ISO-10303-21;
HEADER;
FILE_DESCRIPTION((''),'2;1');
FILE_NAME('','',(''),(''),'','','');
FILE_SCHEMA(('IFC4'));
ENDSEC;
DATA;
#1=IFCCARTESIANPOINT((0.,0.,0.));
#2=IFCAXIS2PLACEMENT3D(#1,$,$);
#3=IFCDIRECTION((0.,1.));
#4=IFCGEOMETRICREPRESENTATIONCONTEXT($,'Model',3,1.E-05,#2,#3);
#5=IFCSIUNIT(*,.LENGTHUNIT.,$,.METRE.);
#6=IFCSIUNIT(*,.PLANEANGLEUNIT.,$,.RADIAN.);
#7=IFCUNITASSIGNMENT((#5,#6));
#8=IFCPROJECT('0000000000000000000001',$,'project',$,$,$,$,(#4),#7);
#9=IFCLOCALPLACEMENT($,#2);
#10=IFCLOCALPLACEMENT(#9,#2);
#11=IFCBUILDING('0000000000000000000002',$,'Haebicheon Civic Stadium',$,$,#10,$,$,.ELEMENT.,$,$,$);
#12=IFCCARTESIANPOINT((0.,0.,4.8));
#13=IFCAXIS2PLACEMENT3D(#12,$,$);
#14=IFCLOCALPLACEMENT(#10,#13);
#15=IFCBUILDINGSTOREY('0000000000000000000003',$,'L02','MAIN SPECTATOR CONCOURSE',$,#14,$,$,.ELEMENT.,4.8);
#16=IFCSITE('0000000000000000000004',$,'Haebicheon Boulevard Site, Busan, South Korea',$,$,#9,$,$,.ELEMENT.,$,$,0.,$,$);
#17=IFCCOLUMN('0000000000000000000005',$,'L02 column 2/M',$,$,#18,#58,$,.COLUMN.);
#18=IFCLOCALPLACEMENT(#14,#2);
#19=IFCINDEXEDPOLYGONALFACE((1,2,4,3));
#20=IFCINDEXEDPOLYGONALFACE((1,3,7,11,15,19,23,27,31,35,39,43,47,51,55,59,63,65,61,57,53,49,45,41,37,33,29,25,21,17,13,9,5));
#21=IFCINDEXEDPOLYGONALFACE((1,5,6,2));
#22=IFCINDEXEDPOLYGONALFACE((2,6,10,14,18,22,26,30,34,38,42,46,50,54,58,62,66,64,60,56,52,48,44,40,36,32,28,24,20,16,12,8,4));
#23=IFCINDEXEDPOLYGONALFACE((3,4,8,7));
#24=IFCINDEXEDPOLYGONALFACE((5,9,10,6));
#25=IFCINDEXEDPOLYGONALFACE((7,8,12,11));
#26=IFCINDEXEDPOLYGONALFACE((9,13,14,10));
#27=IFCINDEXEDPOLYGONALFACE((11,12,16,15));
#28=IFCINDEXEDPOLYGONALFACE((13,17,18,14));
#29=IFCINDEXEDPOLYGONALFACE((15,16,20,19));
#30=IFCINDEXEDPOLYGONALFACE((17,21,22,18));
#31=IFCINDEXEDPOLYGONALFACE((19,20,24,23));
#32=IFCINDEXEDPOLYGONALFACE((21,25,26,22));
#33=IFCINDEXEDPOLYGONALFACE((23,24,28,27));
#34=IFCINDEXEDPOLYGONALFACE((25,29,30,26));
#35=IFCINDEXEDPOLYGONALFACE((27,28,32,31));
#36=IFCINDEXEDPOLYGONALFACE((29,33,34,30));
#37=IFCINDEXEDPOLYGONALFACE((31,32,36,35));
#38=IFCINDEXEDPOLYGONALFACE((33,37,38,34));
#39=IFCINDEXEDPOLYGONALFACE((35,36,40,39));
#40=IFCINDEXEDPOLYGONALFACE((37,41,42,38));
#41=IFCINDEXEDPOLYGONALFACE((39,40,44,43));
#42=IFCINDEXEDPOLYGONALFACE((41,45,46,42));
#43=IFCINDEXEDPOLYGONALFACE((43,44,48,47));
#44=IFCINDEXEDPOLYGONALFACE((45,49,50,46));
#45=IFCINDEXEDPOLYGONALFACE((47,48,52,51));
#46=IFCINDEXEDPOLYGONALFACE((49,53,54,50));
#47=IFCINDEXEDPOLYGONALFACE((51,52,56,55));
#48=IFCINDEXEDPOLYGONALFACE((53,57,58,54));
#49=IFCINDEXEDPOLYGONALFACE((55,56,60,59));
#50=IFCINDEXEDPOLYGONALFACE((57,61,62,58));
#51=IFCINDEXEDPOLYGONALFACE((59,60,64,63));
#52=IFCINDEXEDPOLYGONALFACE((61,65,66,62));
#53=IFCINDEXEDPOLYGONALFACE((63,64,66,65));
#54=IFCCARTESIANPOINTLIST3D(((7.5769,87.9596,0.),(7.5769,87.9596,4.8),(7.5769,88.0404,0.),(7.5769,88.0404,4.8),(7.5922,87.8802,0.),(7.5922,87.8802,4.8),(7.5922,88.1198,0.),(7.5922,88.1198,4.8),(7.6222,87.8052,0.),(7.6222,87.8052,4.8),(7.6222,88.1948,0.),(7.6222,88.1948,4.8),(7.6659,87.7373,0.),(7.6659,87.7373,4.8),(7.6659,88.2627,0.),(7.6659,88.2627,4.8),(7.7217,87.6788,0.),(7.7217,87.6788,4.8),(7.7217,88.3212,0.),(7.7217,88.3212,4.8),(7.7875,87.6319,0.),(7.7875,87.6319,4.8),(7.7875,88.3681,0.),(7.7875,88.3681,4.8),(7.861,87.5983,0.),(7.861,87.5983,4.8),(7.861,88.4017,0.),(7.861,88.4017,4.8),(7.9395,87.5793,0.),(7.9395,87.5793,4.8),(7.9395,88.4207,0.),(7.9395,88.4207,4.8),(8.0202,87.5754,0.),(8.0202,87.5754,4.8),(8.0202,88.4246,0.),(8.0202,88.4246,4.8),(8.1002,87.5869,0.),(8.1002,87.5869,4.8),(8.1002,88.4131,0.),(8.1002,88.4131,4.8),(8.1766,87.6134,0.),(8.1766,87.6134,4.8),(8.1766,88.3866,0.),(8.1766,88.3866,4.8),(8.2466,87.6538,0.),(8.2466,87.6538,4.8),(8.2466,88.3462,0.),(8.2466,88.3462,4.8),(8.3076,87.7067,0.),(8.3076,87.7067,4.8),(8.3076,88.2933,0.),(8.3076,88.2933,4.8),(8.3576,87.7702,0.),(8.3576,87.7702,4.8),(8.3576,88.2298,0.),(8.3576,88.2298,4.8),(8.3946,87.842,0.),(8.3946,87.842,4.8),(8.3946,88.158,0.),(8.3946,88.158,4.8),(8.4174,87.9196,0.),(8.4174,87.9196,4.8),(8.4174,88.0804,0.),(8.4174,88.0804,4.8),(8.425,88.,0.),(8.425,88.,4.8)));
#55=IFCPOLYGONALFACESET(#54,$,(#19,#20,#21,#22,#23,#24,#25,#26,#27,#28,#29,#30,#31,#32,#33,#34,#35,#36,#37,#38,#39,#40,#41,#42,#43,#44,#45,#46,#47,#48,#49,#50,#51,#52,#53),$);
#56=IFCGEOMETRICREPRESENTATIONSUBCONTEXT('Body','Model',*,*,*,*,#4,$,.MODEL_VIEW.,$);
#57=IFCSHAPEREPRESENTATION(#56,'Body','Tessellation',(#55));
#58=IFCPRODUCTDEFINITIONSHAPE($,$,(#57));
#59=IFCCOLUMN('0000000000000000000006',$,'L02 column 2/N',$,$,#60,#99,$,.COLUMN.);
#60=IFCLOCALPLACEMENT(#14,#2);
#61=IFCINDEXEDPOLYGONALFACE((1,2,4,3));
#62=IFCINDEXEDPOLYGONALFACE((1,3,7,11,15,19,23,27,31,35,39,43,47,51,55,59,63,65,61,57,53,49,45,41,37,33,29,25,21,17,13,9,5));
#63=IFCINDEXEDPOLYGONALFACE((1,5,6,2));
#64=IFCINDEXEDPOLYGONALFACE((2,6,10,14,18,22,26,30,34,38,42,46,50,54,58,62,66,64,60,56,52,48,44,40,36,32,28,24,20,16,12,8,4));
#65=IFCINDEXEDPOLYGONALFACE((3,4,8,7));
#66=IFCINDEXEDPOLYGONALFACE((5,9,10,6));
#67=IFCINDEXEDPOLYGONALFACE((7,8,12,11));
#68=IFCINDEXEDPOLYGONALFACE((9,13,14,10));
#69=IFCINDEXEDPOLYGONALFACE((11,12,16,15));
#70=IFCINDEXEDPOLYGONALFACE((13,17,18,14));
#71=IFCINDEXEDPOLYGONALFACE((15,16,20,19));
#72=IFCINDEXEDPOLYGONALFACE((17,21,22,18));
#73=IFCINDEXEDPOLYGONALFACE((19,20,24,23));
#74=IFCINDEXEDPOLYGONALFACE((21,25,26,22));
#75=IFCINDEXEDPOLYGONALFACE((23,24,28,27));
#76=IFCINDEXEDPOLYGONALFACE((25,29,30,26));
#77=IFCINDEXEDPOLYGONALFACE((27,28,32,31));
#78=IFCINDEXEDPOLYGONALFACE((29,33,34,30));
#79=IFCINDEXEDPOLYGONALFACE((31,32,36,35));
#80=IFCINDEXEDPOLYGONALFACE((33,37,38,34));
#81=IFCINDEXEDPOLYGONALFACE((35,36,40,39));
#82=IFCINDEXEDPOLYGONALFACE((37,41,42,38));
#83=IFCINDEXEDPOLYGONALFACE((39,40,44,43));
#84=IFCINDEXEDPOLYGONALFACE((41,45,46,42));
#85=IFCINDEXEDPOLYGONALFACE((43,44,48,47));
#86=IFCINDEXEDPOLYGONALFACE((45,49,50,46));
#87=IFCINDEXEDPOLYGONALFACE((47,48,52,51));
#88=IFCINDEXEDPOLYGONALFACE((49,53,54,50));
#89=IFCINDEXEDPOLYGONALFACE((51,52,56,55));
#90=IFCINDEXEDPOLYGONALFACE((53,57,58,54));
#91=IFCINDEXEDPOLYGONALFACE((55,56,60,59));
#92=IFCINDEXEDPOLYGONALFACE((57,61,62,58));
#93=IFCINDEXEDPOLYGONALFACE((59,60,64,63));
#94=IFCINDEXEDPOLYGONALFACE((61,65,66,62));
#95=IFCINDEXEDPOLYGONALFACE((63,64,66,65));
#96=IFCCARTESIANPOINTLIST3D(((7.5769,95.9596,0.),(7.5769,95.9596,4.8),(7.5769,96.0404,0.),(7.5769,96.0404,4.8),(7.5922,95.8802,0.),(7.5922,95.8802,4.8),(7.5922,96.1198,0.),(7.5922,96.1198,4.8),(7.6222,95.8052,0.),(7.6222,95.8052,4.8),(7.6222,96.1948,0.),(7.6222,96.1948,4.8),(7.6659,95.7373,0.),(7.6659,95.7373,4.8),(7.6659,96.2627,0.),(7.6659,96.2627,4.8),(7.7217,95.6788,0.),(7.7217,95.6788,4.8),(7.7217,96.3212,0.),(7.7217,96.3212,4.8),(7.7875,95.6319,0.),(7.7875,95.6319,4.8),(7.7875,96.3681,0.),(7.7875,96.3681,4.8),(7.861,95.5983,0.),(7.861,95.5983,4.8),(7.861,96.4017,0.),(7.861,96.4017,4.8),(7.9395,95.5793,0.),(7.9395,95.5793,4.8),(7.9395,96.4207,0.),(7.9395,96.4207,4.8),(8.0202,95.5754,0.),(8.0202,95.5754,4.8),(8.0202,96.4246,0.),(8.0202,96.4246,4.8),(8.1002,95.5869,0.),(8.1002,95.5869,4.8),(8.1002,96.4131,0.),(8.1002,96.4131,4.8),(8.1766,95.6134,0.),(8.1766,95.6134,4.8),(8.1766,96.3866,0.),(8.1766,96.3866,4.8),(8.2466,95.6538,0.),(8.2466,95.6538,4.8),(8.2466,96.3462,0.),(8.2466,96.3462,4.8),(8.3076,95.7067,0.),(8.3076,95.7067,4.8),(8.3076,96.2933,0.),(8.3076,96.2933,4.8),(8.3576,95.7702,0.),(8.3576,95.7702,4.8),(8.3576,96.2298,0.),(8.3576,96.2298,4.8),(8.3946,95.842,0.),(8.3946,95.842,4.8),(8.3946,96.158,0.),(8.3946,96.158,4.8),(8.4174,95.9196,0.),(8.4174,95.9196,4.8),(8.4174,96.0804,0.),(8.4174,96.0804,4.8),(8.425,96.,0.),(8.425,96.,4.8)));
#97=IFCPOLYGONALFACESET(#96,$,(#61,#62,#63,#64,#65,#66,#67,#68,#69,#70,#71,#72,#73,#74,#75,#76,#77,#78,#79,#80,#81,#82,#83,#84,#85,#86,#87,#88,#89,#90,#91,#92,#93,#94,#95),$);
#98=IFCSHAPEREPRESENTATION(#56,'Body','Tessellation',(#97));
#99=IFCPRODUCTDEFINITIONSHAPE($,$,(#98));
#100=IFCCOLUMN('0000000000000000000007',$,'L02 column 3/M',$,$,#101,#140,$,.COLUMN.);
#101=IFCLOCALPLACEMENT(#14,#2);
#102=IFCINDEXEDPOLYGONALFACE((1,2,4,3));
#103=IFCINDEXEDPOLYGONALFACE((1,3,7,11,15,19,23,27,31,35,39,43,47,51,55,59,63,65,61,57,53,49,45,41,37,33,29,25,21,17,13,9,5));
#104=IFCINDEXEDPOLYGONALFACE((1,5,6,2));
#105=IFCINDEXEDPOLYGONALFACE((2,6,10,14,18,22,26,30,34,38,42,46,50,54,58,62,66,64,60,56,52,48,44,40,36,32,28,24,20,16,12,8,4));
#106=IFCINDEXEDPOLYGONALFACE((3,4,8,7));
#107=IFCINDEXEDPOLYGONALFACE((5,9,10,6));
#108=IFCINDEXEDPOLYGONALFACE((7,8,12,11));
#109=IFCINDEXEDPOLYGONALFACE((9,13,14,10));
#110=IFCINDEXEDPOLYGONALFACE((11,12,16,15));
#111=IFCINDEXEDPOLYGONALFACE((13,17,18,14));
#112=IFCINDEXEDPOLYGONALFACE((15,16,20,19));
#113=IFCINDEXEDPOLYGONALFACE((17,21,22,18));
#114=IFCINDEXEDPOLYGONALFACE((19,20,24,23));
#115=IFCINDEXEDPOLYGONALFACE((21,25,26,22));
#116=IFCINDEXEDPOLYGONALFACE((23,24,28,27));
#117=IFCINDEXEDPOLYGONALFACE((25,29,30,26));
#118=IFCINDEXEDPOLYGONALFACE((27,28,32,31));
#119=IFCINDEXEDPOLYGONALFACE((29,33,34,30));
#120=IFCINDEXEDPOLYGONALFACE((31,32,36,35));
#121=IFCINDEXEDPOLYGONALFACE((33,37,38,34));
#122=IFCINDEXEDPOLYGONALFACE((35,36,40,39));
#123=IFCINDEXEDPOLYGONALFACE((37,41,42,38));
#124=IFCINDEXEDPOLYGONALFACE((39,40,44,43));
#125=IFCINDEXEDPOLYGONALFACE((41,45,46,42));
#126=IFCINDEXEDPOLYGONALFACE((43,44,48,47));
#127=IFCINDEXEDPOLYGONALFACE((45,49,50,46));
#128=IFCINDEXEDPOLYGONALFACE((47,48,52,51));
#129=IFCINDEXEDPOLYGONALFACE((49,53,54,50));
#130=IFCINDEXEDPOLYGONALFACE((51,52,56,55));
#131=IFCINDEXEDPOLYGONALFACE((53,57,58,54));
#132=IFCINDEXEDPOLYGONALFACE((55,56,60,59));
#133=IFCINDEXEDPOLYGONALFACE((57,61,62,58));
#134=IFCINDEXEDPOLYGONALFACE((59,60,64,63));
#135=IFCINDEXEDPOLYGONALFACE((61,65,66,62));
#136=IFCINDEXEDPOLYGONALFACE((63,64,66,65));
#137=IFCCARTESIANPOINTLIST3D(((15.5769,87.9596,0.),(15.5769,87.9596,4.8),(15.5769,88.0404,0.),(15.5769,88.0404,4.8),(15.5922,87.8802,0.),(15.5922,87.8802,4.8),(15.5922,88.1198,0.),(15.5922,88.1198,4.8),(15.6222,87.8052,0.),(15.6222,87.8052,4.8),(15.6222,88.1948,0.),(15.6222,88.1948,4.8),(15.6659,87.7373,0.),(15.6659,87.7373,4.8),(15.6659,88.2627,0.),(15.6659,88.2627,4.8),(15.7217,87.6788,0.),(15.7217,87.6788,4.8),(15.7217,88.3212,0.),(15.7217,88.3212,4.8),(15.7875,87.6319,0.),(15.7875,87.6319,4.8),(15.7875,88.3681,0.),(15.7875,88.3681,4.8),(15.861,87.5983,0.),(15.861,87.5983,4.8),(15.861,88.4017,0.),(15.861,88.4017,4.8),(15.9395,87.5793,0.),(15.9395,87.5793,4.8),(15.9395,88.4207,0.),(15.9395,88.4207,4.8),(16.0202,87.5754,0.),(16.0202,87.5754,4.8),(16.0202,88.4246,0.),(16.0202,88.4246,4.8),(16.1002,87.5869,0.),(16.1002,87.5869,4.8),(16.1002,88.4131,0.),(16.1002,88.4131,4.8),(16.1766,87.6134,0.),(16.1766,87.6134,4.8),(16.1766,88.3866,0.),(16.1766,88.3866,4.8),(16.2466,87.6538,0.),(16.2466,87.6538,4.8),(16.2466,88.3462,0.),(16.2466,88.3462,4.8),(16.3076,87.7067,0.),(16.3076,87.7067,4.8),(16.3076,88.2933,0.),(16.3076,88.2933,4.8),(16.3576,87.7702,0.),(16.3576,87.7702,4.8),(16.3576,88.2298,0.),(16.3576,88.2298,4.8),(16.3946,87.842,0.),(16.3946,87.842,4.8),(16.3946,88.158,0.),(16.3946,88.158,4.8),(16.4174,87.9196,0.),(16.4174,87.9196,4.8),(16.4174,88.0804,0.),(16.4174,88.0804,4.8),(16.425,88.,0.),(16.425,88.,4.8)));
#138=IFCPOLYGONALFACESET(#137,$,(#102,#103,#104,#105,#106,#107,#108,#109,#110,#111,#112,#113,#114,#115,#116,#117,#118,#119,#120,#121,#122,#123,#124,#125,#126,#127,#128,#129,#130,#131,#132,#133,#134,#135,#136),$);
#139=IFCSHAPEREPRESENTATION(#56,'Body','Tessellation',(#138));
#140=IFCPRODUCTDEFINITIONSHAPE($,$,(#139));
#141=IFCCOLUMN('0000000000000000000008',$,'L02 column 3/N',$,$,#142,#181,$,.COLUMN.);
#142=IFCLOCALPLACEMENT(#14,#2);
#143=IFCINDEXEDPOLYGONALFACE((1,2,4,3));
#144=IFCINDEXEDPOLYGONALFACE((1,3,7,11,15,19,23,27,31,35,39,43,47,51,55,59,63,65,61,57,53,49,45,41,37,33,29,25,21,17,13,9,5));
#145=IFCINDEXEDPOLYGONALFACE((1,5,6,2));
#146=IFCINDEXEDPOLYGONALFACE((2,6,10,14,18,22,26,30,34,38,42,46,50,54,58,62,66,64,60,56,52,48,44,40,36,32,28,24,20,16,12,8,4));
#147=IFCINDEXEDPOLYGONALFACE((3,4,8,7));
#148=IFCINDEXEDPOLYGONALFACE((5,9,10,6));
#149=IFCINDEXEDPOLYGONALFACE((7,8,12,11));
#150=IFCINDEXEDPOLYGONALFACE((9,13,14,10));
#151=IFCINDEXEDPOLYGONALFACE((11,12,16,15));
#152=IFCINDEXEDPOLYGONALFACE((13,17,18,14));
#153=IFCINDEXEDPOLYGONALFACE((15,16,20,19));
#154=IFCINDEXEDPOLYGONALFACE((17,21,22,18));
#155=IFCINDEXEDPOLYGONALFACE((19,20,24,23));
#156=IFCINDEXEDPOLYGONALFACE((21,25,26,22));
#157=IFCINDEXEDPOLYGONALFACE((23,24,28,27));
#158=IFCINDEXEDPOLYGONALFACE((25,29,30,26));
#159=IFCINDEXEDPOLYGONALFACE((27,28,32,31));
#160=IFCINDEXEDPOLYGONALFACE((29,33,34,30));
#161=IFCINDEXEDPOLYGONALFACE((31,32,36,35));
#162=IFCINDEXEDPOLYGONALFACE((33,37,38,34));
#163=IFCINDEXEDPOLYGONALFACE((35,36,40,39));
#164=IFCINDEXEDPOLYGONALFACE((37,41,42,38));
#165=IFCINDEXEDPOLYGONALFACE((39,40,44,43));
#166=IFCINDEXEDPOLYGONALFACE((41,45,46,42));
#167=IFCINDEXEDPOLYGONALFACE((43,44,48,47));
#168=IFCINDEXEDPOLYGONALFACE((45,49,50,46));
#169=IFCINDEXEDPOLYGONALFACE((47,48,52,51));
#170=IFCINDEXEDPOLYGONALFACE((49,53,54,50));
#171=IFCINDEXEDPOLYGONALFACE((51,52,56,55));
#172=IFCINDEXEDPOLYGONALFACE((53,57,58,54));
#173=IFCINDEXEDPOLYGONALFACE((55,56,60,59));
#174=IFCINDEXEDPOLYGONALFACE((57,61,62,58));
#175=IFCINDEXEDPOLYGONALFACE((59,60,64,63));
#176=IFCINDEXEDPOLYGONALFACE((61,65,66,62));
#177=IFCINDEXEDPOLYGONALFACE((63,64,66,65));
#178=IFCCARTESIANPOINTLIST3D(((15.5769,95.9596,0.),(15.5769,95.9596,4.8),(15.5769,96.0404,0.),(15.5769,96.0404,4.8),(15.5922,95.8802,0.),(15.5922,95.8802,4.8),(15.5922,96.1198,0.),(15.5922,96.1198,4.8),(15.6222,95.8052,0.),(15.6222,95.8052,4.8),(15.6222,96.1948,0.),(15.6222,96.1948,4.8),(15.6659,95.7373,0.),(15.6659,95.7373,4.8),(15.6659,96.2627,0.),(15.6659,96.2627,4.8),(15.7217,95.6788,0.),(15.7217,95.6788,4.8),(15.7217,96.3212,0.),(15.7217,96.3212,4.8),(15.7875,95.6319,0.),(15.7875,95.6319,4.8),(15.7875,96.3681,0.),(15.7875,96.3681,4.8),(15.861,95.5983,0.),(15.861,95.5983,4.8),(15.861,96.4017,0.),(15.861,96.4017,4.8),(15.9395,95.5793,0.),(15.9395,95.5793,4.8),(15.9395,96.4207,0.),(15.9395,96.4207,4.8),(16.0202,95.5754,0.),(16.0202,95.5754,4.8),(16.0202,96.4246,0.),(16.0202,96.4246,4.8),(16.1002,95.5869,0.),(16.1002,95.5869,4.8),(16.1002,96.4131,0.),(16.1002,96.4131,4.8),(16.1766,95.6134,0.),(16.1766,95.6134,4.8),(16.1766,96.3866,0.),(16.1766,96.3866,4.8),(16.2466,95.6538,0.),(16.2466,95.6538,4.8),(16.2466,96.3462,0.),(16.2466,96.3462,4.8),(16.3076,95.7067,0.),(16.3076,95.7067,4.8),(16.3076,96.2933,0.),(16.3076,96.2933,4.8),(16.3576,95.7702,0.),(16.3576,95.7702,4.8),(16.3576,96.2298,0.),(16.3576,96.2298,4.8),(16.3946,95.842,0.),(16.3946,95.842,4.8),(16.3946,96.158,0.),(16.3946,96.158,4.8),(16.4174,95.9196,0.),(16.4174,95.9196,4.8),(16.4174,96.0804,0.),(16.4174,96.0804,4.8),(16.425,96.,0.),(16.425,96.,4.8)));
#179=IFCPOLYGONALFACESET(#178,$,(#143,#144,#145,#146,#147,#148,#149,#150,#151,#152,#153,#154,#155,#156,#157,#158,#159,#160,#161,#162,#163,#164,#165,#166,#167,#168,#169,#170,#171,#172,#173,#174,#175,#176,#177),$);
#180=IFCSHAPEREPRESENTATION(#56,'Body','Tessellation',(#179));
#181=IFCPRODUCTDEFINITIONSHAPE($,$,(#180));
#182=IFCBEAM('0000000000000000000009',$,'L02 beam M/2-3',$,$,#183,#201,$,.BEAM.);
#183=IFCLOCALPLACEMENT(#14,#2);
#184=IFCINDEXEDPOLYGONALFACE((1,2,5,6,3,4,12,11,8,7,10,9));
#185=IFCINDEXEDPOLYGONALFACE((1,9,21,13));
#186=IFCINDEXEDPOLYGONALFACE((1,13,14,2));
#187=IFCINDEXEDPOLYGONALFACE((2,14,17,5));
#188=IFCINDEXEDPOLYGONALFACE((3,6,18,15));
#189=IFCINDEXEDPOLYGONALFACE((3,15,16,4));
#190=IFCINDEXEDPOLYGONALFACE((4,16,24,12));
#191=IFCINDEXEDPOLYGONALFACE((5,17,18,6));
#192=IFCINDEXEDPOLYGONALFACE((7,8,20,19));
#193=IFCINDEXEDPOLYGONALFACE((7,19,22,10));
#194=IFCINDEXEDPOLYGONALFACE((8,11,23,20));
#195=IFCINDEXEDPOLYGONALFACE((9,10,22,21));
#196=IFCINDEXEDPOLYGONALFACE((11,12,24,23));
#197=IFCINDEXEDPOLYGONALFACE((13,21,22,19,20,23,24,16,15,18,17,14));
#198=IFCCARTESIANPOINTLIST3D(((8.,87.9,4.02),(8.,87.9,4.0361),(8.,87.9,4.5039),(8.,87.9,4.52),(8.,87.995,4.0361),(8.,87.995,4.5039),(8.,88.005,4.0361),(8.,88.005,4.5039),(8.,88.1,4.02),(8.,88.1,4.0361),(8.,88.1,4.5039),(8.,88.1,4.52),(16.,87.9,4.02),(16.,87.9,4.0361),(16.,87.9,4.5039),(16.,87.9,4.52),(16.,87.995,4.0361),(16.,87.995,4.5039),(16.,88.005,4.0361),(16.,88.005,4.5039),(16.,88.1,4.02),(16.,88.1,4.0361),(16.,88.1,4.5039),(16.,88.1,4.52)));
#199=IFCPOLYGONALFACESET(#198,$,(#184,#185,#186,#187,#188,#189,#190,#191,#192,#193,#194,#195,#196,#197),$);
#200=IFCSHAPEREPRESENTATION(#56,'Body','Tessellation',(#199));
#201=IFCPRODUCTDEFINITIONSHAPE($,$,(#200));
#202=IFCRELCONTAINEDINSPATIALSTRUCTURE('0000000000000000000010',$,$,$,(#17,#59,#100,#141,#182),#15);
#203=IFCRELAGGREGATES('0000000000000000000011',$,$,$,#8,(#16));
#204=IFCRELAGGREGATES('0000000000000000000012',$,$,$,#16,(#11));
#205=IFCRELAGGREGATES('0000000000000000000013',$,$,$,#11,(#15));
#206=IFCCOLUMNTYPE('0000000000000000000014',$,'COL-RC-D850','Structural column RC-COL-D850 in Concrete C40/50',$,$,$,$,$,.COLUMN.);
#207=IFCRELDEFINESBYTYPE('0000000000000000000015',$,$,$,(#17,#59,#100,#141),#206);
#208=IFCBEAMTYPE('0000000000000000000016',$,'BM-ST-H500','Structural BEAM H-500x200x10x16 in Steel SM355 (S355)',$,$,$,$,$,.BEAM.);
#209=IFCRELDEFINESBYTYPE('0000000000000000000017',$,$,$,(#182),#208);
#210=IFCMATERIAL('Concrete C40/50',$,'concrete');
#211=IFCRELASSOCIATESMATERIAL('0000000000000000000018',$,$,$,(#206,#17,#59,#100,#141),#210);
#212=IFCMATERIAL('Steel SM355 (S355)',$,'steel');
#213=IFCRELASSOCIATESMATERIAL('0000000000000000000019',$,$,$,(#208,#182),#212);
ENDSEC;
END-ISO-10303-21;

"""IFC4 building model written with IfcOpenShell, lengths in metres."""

from ifc_helpers import new_model, si_unit, direction, frame, origin, origin_2d, place, context, subcontext, project, spatial, circle, i_section, extrude, material, material_profile, profile_set, type_object, element, save


model = new_model("IFC4")

# Units and contexts
model_context = context("Model", 3, precision=1e-05, world=origin(), true_north=direction((0.0, 1.0)))
body_context = subcontext(model_context, "Body", "Model", "MODEL_VIEW")
ifc_project = project(units=[si_unit("LENGTHUNIT", "METRE"), si_unit("PLANEANGLEUNIT", "RADIAN")], contexts=[model_context])

# Site, building, storey
site_placement = place(None, origin())
site = spatial("IfcSite", under=ifc_project, at=site_placement, Name="Haebicheon Boulevard Site, Busan, South Korea", CompositionType="ELEMENT", RefElevation=0.0)
building_placement = place(site_placement, origin())
building = spatial("IfcBuilding", under=site, at=building_placement, Name="Haebicheon Civic Stadium", CompositionType="ELEMENT")
storey_placement = place(building_placement, frame((0.0, 0.0, 4.8)))
storey = spatial("IfcBuildingStorey", under=building, at=storey_placement, Name="L02", Description="MAIN SPECTATOR CONCOURSE", CompositionType="ELEMENT", Elevation=4.8)

# Columns
ifc_material_1 = material(Name="Concrete C40/50", Category="concrete")
ifc_material_profile_1 = material_profile(ifc_material_1, circle(Radius=0.425, at=origin_2d()), Name="RC-COL-D850")
ifc_profile_set_1 = profile_set([ifc_material_profile_1], Name="Concrete C40/50")
column_type = type_object("IfcColumnType", Name="COL-RC-D850", Description="Structural column RC-COL-D850 in Concrete C40/50", PredefinedType="COLUMN", material=ifc_profile_set_1)
for number, where, z_axis, x_axis, name in (
    (1, (8.0, 88.0, 0.0), (0.0, 0.0, 1.0), (1.0, 0.0, 0.0), "L02 column 2/M"),
    (2, (8.0, 96.0, 0.0), (0.0, 0.0, 1.0), (1.0, 0.0, 0.0), "L02 column 2/N"),
    (3, (16.0, 88.0, 0.0), (0.0, 0.0, 1.0), (1.0, 0.0, 0.0), "L02 column 3/M"),
    (4, (16.0, 96.0, 0.0), (0.0, 0.0, 1.0), (1.0, 0.0, 0.0), "L02 column 3/N"),
):
    element("IfcColumn", number, at=place(storey_placement, frame(where, z_axis=z_axis, x_axis=x_axis)), inside=storey, type_object=column_type, material=ifc_profile_set_1, Name=name, PredefinedType="COLUMN", context=body_context, shape_type="SweptSolid", body=[
        extrude(circle(Radius=0.425, at=origin_2d()), origin(), (0.0, 0.0, 1.0), 4.8),
    ])

# Beam
ifc_material_2 = material(Name="Steel SM355 (S355)", Category="steel")
ifc_material_profile_2 = material_profile(ifc_material_2, i_section(OverallWidth=0.2, OverallDepth=0.5, WebThickness=0.01, FlangeThickness=0.0161, at=origin_2d()), Name="H-500x200x10x16")
ifc_profile_set_2 = profile_set([ifc_material_profile_2], Name="Steel SM355 (S355)")
beam_type_1 = type_object("IfcBeamType", Name="BM-ST-H500", Description="Structural BEAM H-500x200x10x16 in Steel SM355 (S355)", PredefinedType="BEAM", material=ifc_profile_set_2)
beam_placement = place(storey_placement, frame((8.0, 88.0, 4.27), z_axis=(1.0, 0.0, 0.0), x_axis=(0.0, 1.0, 0.0)))
element("IfcBeam", 5, at=beam_placement, inside=storey, type_object=beam_type_1, material=ifc_profile_set_2, Name="L02 beam M/2-3", PredefinedType="BEAM", context=body_context, shape_type="SweptSolid", body=[
    extrude(i_section(OverallWidth=0.2, OverallDepth=0.5, WebThickness=0.01, FlangeThickness=0.0161, at=origin_2d()), origin(), (0.0, 0.0, 1.0), 8.0),
])

save(model, "model.ifc")
